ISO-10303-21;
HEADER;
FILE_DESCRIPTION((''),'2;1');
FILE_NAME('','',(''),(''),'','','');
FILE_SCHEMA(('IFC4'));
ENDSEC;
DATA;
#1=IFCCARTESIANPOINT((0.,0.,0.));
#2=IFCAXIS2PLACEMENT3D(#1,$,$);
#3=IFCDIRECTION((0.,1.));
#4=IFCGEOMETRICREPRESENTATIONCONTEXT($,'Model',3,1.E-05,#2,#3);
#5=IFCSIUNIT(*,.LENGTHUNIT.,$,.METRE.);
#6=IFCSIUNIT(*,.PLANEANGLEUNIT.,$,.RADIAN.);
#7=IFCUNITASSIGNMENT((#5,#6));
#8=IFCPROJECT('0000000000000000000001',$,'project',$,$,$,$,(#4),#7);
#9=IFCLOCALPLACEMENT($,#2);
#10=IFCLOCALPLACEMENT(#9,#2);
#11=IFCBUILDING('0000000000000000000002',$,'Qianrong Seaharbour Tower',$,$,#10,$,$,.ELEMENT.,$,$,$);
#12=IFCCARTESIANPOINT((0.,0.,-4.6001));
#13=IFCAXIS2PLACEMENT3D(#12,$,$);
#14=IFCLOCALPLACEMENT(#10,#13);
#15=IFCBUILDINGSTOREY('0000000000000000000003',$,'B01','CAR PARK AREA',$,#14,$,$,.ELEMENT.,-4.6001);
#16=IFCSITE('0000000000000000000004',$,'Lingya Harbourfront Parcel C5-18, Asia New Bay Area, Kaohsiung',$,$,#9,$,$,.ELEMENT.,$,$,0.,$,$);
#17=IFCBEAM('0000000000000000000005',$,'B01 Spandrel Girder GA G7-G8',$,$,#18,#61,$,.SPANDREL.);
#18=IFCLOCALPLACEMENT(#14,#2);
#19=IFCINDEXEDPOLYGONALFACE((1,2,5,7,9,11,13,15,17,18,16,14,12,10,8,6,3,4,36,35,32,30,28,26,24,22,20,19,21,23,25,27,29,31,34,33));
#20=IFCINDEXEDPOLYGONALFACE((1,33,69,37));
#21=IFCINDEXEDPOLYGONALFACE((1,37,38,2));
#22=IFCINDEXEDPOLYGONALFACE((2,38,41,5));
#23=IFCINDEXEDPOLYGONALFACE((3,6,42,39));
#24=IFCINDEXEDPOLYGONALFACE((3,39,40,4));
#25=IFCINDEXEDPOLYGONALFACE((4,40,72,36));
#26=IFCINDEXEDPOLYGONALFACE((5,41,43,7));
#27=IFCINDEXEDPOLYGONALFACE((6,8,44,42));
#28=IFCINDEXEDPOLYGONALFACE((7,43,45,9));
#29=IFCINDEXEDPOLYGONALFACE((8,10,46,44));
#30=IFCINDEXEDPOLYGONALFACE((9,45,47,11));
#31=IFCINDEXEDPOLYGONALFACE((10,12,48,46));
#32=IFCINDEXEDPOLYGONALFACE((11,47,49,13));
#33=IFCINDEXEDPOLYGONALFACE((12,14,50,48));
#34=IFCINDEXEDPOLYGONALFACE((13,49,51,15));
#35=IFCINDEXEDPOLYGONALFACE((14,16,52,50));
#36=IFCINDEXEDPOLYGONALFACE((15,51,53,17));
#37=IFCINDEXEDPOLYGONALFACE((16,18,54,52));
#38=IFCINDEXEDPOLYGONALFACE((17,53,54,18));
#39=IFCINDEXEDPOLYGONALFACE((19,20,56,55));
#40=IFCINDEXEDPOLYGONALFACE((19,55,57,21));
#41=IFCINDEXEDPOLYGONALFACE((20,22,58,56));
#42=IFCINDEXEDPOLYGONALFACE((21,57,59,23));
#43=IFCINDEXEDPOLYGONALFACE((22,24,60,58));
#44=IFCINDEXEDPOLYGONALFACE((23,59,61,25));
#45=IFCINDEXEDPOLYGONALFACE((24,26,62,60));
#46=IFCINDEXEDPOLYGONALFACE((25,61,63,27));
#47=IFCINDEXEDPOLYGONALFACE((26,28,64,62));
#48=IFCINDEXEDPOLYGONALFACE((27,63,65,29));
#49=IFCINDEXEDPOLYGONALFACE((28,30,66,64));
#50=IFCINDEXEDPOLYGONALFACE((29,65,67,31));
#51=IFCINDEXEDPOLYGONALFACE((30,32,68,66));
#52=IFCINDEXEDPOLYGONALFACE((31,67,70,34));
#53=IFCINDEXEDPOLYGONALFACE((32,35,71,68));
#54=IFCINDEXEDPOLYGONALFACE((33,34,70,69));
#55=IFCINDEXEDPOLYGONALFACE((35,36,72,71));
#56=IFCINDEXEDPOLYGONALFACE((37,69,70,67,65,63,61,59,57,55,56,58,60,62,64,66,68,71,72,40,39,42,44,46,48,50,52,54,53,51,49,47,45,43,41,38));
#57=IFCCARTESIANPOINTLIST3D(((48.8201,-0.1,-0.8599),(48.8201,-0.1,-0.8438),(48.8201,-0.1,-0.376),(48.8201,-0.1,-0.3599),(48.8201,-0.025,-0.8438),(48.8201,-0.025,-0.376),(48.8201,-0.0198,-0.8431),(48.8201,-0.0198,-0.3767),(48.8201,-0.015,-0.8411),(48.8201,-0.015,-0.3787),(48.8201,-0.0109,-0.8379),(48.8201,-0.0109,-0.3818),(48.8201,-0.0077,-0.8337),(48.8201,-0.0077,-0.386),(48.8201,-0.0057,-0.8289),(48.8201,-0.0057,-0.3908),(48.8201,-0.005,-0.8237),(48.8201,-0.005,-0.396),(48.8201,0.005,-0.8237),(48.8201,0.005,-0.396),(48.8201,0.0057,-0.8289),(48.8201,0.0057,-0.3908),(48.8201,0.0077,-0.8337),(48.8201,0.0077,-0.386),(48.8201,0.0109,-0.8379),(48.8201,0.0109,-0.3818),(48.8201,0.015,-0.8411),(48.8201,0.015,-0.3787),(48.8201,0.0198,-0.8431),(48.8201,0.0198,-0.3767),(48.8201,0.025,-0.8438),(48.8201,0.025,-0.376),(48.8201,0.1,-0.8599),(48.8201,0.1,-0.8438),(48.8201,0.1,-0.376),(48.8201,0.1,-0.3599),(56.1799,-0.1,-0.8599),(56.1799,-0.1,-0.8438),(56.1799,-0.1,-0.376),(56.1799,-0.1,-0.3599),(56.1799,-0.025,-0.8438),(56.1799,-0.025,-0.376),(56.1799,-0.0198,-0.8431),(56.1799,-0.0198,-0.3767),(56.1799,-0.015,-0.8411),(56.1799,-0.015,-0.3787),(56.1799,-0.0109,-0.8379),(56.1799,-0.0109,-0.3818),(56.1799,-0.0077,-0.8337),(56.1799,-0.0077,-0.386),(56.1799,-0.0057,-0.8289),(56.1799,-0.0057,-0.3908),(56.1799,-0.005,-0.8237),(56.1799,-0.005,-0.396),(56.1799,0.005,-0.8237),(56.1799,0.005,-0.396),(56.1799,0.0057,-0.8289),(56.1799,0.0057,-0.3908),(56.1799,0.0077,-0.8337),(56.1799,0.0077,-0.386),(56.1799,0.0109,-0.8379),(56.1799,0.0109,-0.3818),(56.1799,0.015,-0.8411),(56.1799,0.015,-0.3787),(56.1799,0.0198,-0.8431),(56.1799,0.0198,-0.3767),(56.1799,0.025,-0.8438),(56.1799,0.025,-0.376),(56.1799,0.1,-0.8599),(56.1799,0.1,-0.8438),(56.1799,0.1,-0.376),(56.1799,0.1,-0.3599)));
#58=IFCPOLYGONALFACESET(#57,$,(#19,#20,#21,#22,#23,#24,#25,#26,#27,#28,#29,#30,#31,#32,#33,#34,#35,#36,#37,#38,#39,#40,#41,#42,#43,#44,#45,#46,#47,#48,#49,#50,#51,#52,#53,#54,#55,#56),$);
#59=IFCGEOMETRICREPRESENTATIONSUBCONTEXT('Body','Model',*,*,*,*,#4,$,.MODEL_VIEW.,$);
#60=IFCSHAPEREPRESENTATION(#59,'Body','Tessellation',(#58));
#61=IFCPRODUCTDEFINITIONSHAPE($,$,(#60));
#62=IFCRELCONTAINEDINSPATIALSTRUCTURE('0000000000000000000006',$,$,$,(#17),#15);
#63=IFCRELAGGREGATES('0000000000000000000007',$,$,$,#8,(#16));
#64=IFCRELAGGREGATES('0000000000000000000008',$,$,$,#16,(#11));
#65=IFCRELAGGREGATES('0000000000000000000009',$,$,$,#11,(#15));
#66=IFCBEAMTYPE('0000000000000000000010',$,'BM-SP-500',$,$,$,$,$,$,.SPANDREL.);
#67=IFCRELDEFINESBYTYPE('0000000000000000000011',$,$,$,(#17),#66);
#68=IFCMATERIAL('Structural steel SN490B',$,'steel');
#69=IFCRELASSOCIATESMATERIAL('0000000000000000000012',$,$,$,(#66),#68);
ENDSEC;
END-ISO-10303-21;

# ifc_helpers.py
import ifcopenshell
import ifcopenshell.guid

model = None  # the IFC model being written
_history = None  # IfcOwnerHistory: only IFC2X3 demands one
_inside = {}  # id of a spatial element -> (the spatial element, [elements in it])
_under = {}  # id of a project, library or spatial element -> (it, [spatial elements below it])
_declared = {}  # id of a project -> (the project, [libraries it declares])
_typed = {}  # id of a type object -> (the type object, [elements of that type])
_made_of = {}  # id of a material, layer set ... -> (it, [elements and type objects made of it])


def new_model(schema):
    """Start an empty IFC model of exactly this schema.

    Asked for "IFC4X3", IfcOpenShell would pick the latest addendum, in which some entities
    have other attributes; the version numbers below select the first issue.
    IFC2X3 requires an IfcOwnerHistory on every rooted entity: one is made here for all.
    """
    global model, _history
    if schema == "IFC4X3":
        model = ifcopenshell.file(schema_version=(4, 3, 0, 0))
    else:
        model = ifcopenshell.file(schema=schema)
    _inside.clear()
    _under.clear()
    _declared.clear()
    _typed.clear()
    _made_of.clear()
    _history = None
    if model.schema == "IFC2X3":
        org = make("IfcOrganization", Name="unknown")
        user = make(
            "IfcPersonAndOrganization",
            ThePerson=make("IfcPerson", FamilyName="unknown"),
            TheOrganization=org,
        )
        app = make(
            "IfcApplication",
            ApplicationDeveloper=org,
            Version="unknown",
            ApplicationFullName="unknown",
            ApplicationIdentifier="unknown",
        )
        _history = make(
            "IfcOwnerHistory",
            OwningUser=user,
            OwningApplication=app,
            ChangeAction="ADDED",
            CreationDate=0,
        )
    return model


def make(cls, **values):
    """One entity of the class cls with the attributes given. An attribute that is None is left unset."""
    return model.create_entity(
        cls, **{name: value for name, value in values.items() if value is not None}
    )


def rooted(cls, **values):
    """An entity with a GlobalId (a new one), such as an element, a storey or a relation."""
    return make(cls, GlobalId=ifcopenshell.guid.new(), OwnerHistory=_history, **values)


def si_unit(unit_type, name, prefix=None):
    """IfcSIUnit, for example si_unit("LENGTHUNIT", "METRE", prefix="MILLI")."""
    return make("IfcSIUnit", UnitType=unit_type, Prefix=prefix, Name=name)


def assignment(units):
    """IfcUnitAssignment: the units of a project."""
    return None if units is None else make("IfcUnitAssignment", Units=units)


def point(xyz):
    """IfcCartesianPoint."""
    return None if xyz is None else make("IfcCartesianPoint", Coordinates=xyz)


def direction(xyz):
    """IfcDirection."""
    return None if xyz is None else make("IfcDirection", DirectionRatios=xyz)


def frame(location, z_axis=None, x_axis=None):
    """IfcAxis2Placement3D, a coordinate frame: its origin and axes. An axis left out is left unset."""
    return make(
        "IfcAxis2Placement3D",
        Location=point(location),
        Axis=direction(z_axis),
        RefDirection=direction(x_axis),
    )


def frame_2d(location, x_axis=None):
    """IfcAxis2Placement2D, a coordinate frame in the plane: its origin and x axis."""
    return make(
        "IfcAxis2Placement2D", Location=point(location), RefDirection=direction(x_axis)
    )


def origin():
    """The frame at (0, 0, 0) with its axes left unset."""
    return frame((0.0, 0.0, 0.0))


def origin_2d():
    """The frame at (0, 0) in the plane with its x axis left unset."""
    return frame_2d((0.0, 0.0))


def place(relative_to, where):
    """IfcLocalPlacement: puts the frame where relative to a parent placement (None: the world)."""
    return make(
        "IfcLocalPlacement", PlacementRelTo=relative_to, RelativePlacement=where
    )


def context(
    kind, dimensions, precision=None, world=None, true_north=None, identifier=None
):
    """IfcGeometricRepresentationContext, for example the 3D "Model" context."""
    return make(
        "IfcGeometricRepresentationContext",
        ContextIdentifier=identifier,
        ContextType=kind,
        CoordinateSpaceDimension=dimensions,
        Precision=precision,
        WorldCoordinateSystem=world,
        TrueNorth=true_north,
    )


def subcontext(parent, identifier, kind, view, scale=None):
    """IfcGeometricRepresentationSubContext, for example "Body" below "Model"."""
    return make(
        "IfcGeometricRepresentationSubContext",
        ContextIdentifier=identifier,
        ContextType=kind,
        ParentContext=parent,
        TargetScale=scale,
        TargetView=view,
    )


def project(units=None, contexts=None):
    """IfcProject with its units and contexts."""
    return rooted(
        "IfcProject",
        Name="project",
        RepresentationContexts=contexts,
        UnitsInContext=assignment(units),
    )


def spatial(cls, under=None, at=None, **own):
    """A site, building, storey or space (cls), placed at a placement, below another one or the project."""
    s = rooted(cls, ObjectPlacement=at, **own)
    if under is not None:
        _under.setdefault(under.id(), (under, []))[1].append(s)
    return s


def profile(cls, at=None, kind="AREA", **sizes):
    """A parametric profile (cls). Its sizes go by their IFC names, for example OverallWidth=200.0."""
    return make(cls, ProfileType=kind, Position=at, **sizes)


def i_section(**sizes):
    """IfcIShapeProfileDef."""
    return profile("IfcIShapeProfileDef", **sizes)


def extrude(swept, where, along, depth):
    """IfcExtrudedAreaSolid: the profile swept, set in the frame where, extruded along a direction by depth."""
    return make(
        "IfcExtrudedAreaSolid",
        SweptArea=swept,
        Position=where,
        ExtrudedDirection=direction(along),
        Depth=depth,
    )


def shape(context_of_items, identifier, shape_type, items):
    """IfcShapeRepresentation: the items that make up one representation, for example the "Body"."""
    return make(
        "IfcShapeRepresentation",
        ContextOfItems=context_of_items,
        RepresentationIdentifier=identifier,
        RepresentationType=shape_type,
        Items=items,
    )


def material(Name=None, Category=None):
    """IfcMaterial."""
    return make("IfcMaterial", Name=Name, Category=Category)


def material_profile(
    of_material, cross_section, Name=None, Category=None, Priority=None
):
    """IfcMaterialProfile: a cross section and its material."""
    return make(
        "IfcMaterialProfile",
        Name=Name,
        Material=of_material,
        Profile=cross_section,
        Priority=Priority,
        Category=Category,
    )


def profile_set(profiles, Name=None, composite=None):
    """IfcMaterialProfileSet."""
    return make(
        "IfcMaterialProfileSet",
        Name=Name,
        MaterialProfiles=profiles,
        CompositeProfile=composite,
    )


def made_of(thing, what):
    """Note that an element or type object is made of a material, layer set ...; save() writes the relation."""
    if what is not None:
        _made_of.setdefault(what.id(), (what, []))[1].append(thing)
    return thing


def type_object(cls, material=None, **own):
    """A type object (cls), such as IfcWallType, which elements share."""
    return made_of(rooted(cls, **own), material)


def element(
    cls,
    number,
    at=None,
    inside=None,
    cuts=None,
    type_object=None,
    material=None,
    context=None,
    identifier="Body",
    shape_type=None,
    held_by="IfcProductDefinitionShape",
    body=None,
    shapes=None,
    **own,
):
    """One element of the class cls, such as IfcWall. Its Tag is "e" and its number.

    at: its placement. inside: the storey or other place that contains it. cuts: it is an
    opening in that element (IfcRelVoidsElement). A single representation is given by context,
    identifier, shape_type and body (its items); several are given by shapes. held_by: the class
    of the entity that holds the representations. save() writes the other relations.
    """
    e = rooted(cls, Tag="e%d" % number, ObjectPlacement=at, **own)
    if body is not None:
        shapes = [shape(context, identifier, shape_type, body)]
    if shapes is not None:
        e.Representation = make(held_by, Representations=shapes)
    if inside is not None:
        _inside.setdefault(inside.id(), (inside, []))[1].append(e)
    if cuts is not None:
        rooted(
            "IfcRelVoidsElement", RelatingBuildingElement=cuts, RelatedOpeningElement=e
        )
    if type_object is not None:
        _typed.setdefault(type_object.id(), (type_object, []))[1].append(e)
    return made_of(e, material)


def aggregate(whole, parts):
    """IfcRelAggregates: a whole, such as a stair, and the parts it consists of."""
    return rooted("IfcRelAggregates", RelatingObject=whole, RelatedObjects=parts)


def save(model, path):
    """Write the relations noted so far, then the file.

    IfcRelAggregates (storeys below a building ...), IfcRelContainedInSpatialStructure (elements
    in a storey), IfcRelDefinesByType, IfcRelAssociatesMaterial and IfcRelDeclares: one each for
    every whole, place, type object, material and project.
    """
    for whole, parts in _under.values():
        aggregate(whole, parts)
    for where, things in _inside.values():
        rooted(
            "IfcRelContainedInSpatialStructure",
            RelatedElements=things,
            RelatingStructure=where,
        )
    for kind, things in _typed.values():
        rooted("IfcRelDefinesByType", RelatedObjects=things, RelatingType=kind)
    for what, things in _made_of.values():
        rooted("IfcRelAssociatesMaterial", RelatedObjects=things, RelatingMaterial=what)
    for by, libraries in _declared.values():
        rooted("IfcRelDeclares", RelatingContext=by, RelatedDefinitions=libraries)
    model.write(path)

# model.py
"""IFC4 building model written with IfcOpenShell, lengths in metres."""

from ifc_helpers import new_model, si_unit, direction, frame, origin, origin_2d, place, context, subcontext, project, spatial, i_section, extrude, material, material_profile, profile_set, type_object, element, save


model = new_model("IFC4")

# Units and contexts
model_context = context("Model", 3, precision=1e-05, world=origin(), true_north=direction((0.0, 1.0)))
body_context = subcontext(model_context, "Body", "Model", "MODEL_VIEW")
ifc_project = project(units=[si_unit("LENGTHUNIT", "METRE"), si_unit("PLANEANGLEUNIT", "RADIAN")], contexts=[model_context])

# Site, building, storey
site_placement = place(None, origin())
site = spatial("IfcSite", under=ifc_project, at=site_placement, Name="Lingya Harbourfront Parcel C5-18, Asia New Bay Area, Kaohsiung", CompositionType="ELEMENT", RefElevation=0.0)
building_placement = place(site_placement, origin())
building = spatial("IfcBuilding", under=site, at=building_placement, Name="Qianrong Seaharbour Tower", CompositionType="ELEMENT")
storey_placement = place(building_placement, frame((0.0, 0.0, -4.6001)))
storey = spatial("IfcBuildingStorey", under=building, at=storey_placement, Name="B01", Description="CAR PARK AREA", CompositionType="ELEMENT", Elevation=-4.6001)

# Shared definitions
ifc_material_1 = material(Name="Structural steel SN490B", Category="steel")

# Beam
ifc_material_profile_1 = material_profile(ifc_material_1, i_section(OverallWidth=0.2, OverallDepth=0.5, WebThickness=0.01, FlangeThickness=0.0161, FilletRadius=0.02, at=origin_2d()), Name="H500x200x10x16")
ifc_profile_set_1 = profile_set([ifc_material_profile_1], Name="Structural steel SN490B")
beam_type_1 = type_object("IfcBeamType", Name="BM-SP-500", PredefinedType="SPANDREL", material=ifc_profile_set_1)
for number, where, z_axis, x_axis, name in (
    (1, (48.8201, 0.0, -0.6099), (1.0, 0.0, 0.0), (0.0, 1.0, 0.0), "B01 Spandrel Girder GA G7-G8"),
):
    element("IfcBeam", number, at=place(storey_placement, frame(where, z_axis=z_axis, x_axis=x_axis)), inside=storey, type_object=beam_type_1, Name=name, PredefinedType="SPANDREL", context=body_context, shape_type="SweptSolid", body=[
        extrude(i_section(OverallWidth=0.2, OverallDepth=0.5, WebThickness=0.01, FlangeThickness=0.0161, FilletRadius=0.02, at=origin_2d()), origin(), (0.0, 0.0, 1.0), 7.3599),
    ])

save(model, "model.ifc")
